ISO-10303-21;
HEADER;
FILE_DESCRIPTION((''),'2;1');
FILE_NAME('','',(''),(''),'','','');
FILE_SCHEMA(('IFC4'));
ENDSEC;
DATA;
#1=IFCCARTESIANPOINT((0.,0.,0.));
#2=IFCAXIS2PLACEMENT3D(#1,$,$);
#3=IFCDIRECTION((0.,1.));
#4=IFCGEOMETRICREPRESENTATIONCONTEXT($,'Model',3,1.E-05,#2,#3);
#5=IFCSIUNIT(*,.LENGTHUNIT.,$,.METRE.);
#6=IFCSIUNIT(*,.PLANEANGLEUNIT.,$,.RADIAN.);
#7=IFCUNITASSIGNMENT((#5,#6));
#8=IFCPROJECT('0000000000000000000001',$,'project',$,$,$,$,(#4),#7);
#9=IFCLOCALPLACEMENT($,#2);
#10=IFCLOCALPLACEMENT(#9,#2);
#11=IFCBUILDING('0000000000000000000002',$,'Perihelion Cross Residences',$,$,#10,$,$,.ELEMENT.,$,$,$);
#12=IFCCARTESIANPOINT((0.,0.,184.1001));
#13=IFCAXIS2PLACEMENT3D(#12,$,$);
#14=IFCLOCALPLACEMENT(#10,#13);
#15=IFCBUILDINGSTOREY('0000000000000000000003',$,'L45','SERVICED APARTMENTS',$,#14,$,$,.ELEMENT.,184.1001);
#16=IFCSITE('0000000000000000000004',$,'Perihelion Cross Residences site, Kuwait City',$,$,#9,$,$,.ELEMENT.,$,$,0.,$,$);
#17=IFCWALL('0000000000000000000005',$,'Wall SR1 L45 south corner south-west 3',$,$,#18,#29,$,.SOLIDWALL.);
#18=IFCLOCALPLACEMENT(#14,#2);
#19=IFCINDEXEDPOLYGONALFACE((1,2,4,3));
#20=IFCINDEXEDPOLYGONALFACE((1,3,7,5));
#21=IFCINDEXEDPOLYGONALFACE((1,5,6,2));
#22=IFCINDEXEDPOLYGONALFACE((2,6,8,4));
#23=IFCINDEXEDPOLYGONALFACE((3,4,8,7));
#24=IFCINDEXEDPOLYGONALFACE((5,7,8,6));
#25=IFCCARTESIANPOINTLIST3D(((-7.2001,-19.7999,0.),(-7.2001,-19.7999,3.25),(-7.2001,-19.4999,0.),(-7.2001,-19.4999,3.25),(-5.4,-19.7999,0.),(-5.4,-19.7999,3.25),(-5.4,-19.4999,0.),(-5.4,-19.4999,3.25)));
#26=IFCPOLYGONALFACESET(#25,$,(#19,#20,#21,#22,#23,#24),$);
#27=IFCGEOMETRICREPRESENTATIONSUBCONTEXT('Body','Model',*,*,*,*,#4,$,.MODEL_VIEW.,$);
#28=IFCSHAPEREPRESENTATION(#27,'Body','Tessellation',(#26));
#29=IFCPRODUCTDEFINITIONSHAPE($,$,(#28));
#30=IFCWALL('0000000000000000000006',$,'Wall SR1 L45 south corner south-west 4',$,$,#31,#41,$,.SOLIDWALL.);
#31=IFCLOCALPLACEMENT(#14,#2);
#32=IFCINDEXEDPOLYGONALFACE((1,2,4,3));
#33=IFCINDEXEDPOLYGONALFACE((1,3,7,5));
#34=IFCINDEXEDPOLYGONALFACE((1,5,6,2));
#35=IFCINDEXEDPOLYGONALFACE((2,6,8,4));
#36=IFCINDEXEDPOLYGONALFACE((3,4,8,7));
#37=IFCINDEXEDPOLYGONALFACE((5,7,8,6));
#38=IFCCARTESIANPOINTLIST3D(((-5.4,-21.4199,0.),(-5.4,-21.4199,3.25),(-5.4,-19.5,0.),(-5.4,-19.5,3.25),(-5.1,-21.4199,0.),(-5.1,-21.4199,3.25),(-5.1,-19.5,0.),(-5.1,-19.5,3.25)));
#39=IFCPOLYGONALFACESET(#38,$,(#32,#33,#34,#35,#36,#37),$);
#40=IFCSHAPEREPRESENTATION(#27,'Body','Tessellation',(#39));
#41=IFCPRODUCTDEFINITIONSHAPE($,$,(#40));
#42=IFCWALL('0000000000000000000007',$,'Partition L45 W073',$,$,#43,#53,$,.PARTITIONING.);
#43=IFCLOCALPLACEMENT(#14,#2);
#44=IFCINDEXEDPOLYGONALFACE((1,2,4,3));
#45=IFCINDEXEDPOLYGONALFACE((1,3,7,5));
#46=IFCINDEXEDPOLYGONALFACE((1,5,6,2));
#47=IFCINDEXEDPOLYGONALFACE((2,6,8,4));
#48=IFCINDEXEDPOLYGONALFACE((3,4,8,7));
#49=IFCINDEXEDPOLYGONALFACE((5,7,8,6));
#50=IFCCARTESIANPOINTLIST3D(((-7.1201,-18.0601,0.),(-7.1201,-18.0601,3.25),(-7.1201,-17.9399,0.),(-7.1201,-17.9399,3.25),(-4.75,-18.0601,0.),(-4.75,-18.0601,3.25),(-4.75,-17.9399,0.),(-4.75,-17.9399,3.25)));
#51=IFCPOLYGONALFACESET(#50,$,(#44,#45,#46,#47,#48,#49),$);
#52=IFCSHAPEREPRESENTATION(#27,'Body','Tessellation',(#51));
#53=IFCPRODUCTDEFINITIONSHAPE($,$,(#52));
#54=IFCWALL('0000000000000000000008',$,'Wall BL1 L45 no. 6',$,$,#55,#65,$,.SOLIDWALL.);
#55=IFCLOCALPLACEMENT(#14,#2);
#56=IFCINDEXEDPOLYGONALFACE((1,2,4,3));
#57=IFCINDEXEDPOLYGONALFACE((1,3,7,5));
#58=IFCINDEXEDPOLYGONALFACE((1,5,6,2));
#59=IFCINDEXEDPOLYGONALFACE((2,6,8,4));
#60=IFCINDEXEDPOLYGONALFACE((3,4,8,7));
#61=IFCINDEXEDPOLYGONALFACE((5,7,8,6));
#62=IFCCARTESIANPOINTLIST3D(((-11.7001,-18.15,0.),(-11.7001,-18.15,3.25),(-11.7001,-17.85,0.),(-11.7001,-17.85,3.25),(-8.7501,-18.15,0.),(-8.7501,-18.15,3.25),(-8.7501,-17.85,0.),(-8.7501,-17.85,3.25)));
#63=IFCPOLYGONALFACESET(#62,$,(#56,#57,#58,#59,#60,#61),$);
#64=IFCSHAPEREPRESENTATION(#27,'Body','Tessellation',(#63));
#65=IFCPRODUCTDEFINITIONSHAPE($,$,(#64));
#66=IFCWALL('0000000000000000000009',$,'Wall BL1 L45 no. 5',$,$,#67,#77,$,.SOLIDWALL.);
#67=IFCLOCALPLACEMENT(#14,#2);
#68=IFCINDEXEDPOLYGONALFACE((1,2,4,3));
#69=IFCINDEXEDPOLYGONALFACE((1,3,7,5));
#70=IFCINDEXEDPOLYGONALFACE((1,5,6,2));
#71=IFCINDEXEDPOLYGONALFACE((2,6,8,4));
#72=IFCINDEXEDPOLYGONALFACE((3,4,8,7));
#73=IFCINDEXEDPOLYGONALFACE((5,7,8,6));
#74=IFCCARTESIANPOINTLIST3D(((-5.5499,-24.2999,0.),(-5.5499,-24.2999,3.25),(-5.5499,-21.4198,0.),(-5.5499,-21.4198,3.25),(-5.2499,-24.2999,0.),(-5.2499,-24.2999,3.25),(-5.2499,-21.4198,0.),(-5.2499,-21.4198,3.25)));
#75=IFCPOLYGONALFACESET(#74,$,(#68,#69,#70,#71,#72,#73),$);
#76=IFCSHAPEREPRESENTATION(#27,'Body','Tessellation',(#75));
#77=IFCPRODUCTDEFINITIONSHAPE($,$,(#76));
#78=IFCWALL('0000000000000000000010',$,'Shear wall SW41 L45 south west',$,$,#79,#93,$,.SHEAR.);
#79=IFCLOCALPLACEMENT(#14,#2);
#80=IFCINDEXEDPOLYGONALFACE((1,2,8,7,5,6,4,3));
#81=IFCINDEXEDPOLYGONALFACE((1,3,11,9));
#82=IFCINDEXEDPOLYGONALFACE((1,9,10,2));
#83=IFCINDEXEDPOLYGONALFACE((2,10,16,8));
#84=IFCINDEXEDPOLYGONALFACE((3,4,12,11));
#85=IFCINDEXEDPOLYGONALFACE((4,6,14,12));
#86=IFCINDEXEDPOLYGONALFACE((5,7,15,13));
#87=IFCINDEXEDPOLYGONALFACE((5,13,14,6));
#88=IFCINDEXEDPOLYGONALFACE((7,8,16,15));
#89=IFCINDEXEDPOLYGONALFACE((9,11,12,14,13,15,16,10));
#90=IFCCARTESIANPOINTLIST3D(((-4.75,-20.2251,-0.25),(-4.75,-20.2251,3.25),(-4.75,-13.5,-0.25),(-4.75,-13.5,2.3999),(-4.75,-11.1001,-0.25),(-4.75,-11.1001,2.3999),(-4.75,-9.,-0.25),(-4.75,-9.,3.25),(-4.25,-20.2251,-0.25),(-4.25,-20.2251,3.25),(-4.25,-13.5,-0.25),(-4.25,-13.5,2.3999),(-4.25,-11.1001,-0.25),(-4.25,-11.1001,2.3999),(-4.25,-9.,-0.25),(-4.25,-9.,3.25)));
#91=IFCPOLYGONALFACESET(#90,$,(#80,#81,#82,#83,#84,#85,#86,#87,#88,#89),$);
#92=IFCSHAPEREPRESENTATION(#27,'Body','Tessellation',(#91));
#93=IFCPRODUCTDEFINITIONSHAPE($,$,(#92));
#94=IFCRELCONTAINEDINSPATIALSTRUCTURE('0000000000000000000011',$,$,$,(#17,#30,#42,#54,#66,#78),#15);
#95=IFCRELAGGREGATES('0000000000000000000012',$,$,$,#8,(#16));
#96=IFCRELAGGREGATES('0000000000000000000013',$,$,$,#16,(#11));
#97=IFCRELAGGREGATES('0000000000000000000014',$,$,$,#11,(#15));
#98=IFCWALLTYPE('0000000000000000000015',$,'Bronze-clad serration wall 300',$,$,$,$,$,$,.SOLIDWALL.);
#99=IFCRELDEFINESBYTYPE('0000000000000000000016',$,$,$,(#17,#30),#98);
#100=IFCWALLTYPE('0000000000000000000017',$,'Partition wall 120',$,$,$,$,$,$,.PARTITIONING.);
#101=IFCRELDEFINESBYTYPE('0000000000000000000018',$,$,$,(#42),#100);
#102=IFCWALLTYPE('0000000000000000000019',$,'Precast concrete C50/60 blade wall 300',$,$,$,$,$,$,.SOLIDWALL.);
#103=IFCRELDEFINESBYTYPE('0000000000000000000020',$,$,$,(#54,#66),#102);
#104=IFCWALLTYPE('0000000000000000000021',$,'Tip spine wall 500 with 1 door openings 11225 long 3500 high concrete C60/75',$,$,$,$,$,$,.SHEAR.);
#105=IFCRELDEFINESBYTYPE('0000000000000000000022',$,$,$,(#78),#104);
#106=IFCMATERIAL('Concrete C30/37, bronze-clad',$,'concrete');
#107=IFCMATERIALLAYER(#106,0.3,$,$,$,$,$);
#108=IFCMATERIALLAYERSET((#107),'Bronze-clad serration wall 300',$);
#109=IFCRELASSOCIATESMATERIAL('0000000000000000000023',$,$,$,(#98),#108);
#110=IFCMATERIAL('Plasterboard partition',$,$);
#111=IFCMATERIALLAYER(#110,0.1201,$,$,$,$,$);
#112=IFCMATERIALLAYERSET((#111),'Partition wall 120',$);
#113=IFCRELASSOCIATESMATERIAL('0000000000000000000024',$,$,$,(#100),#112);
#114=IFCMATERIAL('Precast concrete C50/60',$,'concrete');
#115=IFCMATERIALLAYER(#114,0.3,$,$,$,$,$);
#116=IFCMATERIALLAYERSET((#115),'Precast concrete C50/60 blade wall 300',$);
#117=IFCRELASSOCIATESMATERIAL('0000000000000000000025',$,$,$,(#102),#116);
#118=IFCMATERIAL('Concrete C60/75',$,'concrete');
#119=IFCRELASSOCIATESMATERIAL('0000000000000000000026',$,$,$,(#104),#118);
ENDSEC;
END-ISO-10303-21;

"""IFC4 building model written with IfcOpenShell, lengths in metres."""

from ifc_helpers import new_model, si_unit, direction, frame, frame_2d, origin, place, context, subcontext, project, spatial, polyline, rectangle, outline, extrude, material, layer, layer_set, material_profile, profile_set, type_object, element, save


model = new_model("IFC4")

# Units and contexts
model_context = context("Model", 3, precision=1e-05, world=origin(), true_north=direction((0.0, 1.0)))
body_context = subcontext(model_context, "Body", "Model", "MODEL_VIEW")
ifc_project = project(units=[si_unit("LENGTHUNIT", "METRE"), si_unit("PLANEANGLEUNIT", "RADIAN")], contexts=[model_context])

# Site, building, storey
site_placement = place(None, origin())
site = spatial("IfcSite", under=ifc_project, at=site_placement, Name="Perihelion Cross Residences site, Kuwait City", CompositionType="ELEMENT", RefElevation=0.0)
building_placement = place(site_placement, origin())
building = spatial("IfcBuilding", under=site, at=building_placement, Name="Perihelion Cross Residences", CompositionType="ELEMENT")
storey_placement = place(building_placement, frame((0.0, 0.0, 184.1001)))
storey = spatial("IfcBuildingStorey", under=building, at=storey_placement, Name="L45", Description="SERVICED APARTMENTS", CompositionType="ELEMENT", Elevation=184.1001)

# Walls
ifc_material_1 = material(Name="Concrete C30/37, bronze-clad", Category="concrete")
ifc_layer_1 = layer(ifc_material_1, 0.3)
ifc_layer_set_1 = layer_set([ifc_layer_1], Name="Bronze-clad serration wall 300")
wall_type_1 = type_object("IfcWallType", Name="Bronze-clad serration wall 300", PredefinedType="SOLIDWALL", material=ifc_layer_set_1)
for number, where, z_axis, x_axis, name in (
    (1, (-7.2, -19.6499, 0.0), (0.0, 0.0, 1.0), (1.0, 0.0, 0.0), "Wall SR1 L45 south corner south-west 3"),
):
    element("IfcWall", number, at=place(storey_placement, frame(where, z_axis=z_axis, x_axis=x_axis)), inside=storey, type_object=wall_type_1, Name=name, PredefinedType="SOLIDWALL", context=body_context, shape_type="SweptSolid", body=[
        extrude(rectangle(XDim=1.8, YDim=0.3, at=frame_2d((0.8999, 0.0))), origin(), (0.0, 0.0, 1.0), 3.25),
    ])
wall_1_placement = place(storey_placement, frame((-5.25, -19.5, 0.0), z_axis=(0.0, 0.0, 1.0), x_axis=(0.0, -1.0, 0.0)))
element("IfcWall", 2, at=wall_1_placement, inside=storey, type_object=wall_type_1, Name="Wall SR1 L45 south corner south-west 4", PredefinedType="SOLIDWALL", context=body_context, shape_type="SweptSolid", body=[
    extrude(rectangle(XDim=1.9199, YDim=0.3, at=frame_2d((0.96, 0.0))), origin(), (0.0, 0.0, 1.0), 3.25),
])
ifc_material_2 = material(Name="Plasterboard partition")
ifc_layer_2 = layer(ifc_material_2, 0.1201)
ifc_layer_set_2 = layer_set([ifc_layer_2], Name="Partition wall 120")
wall_type_2 = type_object("IfcWallType", Name="Partition wall 120", PredefinedType="PARTITIONING", material=ifc_layer_set_2)
wall_2_placement = place(storey_placement, frame((-4.75, -18.0, 0.0), z_axis=(0.0, 0.0, 1.0), x_axis=(-1.0, 0.0, 0.0)))
element("IfcWall", 3, at=wall_2_placement, inside=storey, type_object=wall_type_2, Name="Partition L45 W073", PredefinedType="PARTITIONING", context=body_context, shape_type="SweptSolid", body=[
    extrude(rectangle(XDim=2.3701, YDim=0.1201, at=frame_2d((1.1851, 0.0))), origin(), (0.0, 0.0, 1.0), 3.25),
])
ifc_material_3 = material(Name="Precast concrete C50/60", Category="concrete")
ifc_layer_3 = layer(ifc_material_3, 0.3)
ifc_layer_set_3 = layer_set([ifc_layer_3], Name="Precast concrete C50/60 blade wall 300")
wall_type_3 = type_object("IfcWallType", Name="Precast concrete C50/60 blade wall 300", PredefinedType="SOLIDWALL", material=ifc_layer_set_3)
wall_3_placement = place(storey_placement, frame((-8.75, -18.0, 0.0), z_axis=(0.0, 0.0, 1.0), x_axis=(-1.0, 0.0, 0.0)))
element("IfcWall", 4, at=wall_3_placement, inside=storey, type_object=wall_type_3, Name="Wall BL1 L45 no. 6", PredefinedType="SOLIDWALL", context=body_context, shape_type="SweptSolid", body=[
    extrude(rectangle(XDim=2.95, YDim=0.3, at=frame_2d((1.4751, 0.0))), origin(), (0.0, 0.0, 1.0), 3.25),
])
wall_4_placement = place(storey_placement, frame((-5.3999, -21.4199, 0.0), z_axis=(0.0, 0.0, 1.0), x_axis=(0.0, -1.0, 0.0)))
element("IfcWall", 5, at=wall_4_placement, inside=storey, type_object=wall_type_3, Name="Wall BL1 L45 no. 5", PredefinedType="SOLIDWALL", context=body_context, shape_type="SweptSolid", body=[
    extrude(rectangle(XDim=2.8801, YDim=0.3, at=frame_2d((1.4399, 0.0))), origin(), (0.0, 0.0, 1.0), 3.25),
])
ifc_material_4 = material(Name="Concrete C60/75", Category="concrete")
ifc_material_profile_1 = material_profile(ifc_material_4, outline(polyline([(0.0, 0.0), (6.7251, 0.0), (6.7251, 2.6499), (9.125, 2.6499), (9.125, 0.0), (11.2251, 0.0), (11.2251, 3.5), (0.0, 3.5), (0.0, 0.0)])), Name="Tip spine wall")
ifc_profile_set_1 = profile_set([ifc_material_profile_1], Name="Concrete C60/75")
wall_type_4 = type_object("IfcWallType", Name="Tip spine wall 500 with 1 door openings 11225 long 3500 high concrete C60/75", PredefinedType="SHEAR", material=ifc_profile_set_1)
wall_5_placement = place(storey_placement, frame((-4.75, -20.2251, -0.25), z_axis=(1.0, 0.0, 0.0), x_axis=(0.0, 1.0, 0.0)))
element("IfcWall", 6, at=wall_5_placement, inside=storey, type_object=wall_type_4, Name="Shear wall SW41 L45 south west", PredefinedType="SHEAR", context=body_context, shape_type="SweptSolid", body=[
    extrude(outline(polyline([(0.0, 0.0), (6.7251, 0.0), (6.7251, 2.6499), (9.125, 2.6499), (9.125, 0.0), (11.2251, 0.0), (11.2251, 3.5), (0.0, 3.5), (0.0, 0.0)])), origin(), (0.0, 0.0, 1.0), 0.5),
])

save(model, "model.ifc")
